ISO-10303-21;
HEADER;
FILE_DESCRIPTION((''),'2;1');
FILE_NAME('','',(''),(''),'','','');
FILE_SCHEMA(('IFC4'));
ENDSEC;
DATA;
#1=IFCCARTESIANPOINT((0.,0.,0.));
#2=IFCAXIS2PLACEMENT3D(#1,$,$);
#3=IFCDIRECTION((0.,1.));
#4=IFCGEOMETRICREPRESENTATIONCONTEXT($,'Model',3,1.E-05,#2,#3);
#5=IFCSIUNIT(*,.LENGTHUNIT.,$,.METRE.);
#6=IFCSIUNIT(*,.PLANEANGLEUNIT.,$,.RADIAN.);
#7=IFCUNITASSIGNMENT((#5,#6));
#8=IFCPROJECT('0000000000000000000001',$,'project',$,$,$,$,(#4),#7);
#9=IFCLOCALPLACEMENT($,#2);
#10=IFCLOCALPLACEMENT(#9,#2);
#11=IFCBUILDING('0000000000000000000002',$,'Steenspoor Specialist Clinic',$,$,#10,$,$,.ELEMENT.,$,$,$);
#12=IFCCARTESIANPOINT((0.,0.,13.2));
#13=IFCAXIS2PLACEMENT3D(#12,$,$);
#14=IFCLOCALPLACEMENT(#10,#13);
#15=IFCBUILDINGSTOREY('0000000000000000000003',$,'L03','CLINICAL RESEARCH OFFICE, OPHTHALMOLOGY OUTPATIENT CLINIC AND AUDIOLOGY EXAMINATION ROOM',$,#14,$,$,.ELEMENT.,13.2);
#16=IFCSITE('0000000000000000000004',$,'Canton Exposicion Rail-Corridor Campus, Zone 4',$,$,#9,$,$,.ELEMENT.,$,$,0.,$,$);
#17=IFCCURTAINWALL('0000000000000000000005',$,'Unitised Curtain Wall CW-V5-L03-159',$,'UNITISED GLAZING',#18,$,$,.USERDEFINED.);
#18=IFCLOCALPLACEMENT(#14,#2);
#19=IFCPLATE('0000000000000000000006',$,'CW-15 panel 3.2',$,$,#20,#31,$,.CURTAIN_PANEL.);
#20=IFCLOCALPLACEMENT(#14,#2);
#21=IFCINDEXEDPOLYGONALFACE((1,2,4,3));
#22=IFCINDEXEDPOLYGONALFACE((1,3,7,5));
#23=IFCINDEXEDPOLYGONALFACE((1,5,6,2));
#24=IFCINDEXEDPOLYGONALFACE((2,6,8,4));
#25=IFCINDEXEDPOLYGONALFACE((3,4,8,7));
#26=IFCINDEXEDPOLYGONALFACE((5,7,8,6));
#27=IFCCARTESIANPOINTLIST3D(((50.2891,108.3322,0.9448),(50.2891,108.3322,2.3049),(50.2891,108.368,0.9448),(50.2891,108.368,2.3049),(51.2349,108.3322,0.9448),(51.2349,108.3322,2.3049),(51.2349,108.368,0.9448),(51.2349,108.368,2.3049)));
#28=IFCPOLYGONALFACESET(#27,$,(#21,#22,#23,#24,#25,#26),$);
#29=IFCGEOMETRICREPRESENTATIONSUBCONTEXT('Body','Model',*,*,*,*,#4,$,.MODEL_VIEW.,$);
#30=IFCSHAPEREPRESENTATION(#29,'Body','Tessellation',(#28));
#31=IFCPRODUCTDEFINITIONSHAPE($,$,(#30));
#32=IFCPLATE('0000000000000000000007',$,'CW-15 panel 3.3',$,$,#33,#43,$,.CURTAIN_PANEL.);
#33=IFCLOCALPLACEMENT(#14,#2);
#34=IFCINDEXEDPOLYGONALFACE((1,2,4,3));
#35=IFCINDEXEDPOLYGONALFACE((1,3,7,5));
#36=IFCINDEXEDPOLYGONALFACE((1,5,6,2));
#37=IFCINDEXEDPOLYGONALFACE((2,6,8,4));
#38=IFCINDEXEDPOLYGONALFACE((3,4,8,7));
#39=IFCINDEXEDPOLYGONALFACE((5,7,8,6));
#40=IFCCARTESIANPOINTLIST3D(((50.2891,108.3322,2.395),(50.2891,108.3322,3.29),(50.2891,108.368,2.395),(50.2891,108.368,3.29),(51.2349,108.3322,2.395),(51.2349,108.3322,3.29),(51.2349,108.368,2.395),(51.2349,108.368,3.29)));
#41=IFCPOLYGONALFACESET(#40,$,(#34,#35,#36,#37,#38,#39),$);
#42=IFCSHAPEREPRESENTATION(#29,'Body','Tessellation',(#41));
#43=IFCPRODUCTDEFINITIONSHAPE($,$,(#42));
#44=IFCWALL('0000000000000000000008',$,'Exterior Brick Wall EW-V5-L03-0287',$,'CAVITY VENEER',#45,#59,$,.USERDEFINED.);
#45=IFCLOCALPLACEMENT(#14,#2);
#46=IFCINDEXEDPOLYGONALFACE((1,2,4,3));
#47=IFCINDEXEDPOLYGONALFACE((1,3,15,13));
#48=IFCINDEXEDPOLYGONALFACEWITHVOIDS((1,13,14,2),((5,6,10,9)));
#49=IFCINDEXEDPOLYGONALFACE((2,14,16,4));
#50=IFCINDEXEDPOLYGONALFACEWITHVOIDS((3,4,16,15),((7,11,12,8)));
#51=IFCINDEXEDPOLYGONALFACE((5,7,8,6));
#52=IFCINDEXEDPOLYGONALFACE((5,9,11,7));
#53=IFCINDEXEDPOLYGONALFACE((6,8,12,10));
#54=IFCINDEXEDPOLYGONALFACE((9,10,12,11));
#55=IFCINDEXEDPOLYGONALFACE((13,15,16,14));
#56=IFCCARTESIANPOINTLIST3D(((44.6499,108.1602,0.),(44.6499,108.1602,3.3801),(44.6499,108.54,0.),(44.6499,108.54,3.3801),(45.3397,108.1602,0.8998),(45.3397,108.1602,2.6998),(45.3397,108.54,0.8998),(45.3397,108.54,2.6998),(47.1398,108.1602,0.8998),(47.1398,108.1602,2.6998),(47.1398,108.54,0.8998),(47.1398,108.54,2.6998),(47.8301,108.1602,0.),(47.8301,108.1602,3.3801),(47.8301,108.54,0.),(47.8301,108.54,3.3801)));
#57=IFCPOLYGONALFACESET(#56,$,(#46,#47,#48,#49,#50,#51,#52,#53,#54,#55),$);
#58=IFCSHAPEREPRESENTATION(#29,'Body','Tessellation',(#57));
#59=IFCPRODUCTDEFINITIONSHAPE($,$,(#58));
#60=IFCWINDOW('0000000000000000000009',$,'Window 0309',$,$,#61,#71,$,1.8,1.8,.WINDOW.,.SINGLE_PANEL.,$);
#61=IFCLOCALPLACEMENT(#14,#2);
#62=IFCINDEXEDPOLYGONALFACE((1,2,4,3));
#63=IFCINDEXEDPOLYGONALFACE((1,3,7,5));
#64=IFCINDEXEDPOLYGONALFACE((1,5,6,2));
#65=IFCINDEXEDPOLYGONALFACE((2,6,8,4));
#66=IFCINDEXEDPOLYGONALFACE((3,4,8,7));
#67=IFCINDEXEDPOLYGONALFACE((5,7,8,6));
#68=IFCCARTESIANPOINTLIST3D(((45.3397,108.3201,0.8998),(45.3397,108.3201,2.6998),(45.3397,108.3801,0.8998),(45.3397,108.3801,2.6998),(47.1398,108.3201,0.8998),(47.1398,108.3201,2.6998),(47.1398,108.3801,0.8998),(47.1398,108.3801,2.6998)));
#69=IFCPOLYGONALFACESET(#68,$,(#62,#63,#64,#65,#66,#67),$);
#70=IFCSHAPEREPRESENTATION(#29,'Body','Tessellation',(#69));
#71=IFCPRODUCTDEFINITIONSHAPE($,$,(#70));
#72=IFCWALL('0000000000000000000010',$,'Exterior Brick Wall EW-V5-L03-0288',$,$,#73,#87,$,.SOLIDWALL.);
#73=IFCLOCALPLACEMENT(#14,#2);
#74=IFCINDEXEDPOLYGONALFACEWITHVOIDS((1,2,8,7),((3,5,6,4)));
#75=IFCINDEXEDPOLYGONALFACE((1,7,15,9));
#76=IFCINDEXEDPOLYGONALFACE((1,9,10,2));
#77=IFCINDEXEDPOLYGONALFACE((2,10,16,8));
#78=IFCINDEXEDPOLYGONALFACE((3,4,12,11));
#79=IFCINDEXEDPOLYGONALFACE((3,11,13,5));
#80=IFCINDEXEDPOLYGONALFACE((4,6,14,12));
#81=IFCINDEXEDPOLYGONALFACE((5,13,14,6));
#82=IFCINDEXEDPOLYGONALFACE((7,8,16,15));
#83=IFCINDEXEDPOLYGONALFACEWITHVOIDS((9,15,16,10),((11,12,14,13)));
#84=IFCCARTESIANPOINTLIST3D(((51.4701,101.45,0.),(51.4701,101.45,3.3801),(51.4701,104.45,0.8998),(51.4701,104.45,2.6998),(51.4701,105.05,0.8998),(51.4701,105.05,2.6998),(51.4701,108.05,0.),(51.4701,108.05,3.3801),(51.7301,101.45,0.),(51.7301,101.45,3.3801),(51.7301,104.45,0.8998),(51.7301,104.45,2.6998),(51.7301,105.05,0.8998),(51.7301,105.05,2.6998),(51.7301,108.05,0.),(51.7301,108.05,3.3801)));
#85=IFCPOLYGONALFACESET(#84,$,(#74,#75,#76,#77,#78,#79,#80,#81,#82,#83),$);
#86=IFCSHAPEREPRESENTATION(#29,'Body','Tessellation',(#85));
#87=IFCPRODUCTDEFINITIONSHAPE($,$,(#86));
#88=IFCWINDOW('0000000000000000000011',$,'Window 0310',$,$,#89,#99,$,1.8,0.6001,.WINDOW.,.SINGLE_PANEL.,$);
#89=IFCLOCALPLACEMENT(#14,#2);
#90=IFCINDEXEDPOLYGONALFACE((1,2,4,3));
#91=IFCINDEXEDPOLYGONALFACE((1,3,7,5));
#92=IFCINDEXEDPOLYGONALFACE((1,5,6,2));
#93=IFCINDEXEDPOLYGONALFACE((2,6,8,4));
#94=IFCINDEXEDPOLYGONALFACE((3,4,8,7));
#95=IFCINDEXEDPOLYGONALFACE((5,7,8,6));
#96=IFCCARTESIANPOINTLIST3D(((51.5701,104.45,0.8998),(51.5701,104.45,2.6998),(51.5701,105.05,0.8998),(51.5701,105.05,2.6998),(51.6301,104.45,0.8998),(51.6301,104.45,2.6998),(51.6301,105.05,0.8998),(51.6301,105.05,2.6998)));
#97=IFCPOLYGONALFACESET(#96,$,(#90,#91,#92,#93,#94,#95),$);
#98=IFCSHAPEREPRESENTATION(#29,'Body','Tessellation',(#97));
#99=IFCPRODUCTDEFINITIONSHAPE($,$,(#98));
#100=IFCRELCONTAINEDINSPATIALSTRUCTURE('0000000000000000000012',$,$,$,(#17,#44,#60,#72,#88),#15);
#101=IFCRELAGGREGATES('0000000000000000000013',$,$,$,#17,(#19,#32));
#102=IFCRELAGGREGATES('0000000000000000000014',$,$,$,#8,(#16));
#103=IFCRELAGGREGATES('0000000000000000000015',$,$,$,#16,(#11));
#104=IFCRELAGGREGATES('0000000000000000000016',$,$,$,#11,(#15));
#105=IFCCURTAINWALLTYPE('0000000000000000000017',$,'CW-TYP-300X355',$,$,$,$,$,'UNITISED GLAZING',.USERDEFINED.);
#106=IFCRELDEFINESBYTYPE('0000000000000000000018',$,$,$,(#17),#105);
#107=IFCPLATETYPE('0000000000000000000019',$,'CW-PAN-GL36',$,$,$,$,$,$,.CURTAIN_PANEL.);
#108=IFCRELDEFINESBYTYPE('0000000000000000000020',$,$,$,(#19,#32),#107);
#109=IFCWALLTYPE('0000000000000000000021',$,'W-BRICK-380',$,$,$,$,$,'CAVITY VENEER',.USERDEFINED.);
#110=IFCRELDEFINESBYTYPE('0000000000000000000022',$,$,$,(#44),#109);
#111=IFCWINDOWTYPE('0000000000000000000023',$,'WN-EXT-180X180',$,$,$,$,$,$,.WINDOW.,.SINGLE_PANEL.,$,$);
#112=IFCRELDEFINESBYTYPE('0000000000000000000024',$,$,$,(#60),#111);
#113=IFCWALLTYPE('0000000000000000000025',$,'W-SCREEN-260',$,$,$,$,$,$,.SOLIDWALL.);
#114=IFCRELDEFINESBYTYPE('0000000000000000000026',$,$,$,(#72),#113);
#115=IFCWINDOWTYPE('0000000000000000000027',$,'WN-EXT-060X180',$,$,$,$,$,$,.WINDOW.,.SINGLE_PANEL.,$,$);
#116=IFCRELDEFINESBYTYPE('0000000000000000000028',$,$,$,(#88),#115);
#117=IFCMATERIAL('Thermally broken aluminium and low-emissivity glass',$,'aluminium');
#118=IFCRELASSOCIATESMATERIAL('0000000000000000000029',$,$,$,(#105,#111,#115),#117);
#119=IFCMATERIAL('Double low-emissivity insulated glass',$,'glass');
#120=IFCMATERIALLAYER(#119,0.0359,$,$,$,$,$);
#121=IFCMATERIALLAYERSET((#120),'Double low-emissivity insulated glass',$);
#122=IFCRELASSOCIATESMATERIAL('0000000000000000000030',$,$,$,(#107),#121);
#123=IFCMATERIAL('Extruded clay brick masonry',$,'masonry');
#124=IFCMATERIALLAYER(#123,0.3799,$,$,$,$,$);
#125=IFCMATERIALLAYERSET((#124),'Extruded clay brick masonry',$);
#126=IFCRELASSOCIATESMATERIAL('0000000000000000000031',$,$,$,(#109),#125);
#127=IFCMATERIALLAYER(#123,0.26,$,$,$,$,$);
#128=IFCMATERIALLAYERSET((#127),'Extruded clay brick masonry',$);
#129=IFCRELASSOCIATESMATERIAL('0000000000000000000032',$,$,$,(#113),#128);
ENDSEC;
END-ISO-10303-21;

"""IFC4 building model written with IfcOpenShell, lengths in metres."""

from ifc_helpers import new_model, si_unit, direction, frame, frame_2d, origin, origin_2d, place, context, subcontext, project, spatial, rectangle, extrude, material, layer, layer_set, type_object, element, fill, aggregate, save


model = new_model("IFC4")

# Units and contexts
model_context = context("Model", 3, precision=1e-05, world=origin(), true_north=direction((0.0, 1.0)))
body_context = subcontext(model_context, "Body", "Model", "MODEL_VIEW")
ifc_project = project(units=[si_unit("LENGTHUNIT", "METRE"), si_unit("PLANEANGLEUNIT", "RADIAN")], contexts=[model_context])

# Site, building, storey
site_placement = place(None, origin())
site = spatial("IfcSite", under=ifc_project, at=site_placement, Name="Canton Exposicion Rail-Corridor Campus, Zone 4", CompositionType="ELEMENT", RefElevation=0.0)
building_placement = place(site_placement, origin())
building = spatial("IfcBuilding", under=site, at=building_placement, Name="Steenspoor Specialist Clinic", CompositionType="ELEMENT")
storey_placement = place(building_placement, frame((0.0, 0.0, 13.2)))
storey = spatial("IfcBuildingStorey", under=building, at=storey_placement, Name="L03", Description="CLINICAL RESEARCH OFFICE, OPHTHALMOLOGY OUTPATIENT CLINIC AND AUDIOLOGY EXAMINATION ROOM", CompositionType="ELEMENT", Elevation=13.2)

# Curtain wall
ifc_material_1 = material(Name="Thermally broken aluminium and low-emissivity glass", Category="aluminium")
curtain_wall_type = type_object("IfcCurtainWallType", Name="CW-TYP-300X355", ElementType="UNITISED GLAZING", PredefinedType="USERDEFINED", material=ifc_material_1)
curtain_wall_placement = place(storey_placement, origin())
curtain_wall = element("IfcCurtainWall", 1, at=curtain_wall_placement, inside=storey, type_object=curtain_wall_type, Name="Unitised Curtain Wall CW-V5-L03-159", ObjectType="UNITISED GLAZING", PredefinedType="USERDEFINED")

# Plates
ifc_material_2 = material(Name="Double low-emissivity insulated glass", Category="glass")
ifc_layer_1 = layer(ifc_material_2, 0.0359)
ifc_layer_set_1 = layer_set([ifc_layer_1], Name="Double low-emissivity insulated glass")
plate_type = type_object("IfcPlateType", Name="CW-PAN-GL36", PredefinedType="CURTAIN_PANEL", material=ifc_layer_set_1)
plate_1_placement = place(storey_placement, frame((50.762, 108.3501, 0.9448), z_axis=(0.0, 0.0, 1.0), x_axis=(1.0, 0.0, 0.0)))
plate_1 = element("IfcPlate", 2, at=plate_1_placement, type_object=plate_type, Name="CW-15 panel 3.2", PredefinedType="CURTAIN_PANEL", context=body_context, shape_type="SweptSolid", body=[
    extrude(rectangle(XDim=0.9458, YDim=0.0359, at=origin_2d()), origin(), (0.0, 0.0, 1.0), 1.3601),
])
plate_2_placement = place(storey_placement, frame((50.762, 108.3501, 2.395), z_axis=(0.0, 0.0, 1.0), x_axis=(1.0, 0.0, 0.0)))
plate_2 = element("IfcPlate", 3, at=plate_2_placement, type_object=plate_type, Name="CW-15 panel 3.3", PredefinedType="CURTAIN_PANEL", context=body_context, shape_type="SweptSolid", body=[
    extrude(rectangle(XDim=0.9458, YDim=0.0359, at=origin_2d()), origin(), (0.0, 0.0, 1.0), 0.895),
])
aggregate(curtain_wall, [plate_1, plate_2])

# Walls, openings, windows
ifc_material_3 = material(Name="Extruded clay brick masonry", Category="masonry")
ifc_layer_2 = layer(ifc_material_3, 0.3799)
ifc_layer_set_2 = layer_set([ifc_layer_2], Name="Extruded clay brick masonry")
wall_type_1 = type_object("IfcWallType", Name="W-BRICK-380", ElementType="CAVITY VENEER", PredefinedType="USERDEFINED", material=ifc_layer_set_2)
wall_1_placement = place(storey_placement, frame((44.6499, 108.3501, 0.0), z_axis=(0.0, 0.0, 1.0), x_axis=(1.0, 0.0, 0.0)))
wall_1 = element("IfcWall", 4, at=wall_1_placement, inside=storey, type_object=wall_type_1, Name="Exterior Brick Wall EW-V5-L03-0287", ObjectType="CAVITY VENEER", PredefinedType="USERDEFINED", context=body_context, shape_type="SweptSolid", body=[
    extrude(rectangle(XDim=3.1802, YDim=0.3799, at=frame_2d((1.5901, 0.0))), origin(), (0.0, 0.0, 1.0), 3.3801),
])
opening_1_placement = place(wall_1_placement, frame((0.6899, 0.0, 0.8999)))
opening_1 = element("IfcOpeningElement", 5, at=opening_1_placement, cuts=wall_1, PredefinedType="OPENING", context=body_context, shape_type="SweptSolid", body=[
    extrude(rectangle(XDim=1.8, YDim=1.8, at=frame_2d((0.8999, 0.8999))), frame((0.0, 0.2, 0.0), z_axis=(0.0, -1.0, 0.0), x_axis=(1.0, 0.0, 0.0)), (0.0, 0.0, 1.0), 0.3999),
])
window_type_1 = type_object("IfcWindowType", Name="WN-EXT-180X180", PartitioningType="SINGLE_PANEL", PredefinedType="WINDOW", material=ifc_material_1)
window_1_placement = place(opening_1_placement, origin())
window_1 = element("IfcWindow", 6, at=window_1_placement, inside=storey, type_object=window_type_1, Name="Window 0309", OverallHeight=1.8, OverallWidth=1.8, PartitioningType="SINGLE_PANEL", PredefinedType="WINDOW", context=body_context, shape_type="SweptSolid", body=[
    extrude(rectangle(XDim=1.8, YDim=1.8, at=frame_2d((0.8999, 0.8999))), frame((0.0, 0.03, 0.0), z_axis=(0.0, -1.0, 0.0), x_axis=(1.0, 0.0, 0.0)), (0.0, 0.0, 1.0), 0.0601),
])
fill(opening_1, window_1)
ifc_layer_3 = layer(ifc_material_3, 0.26)
ifc_layer_set_3 = layer_set([ifc_layer_3], Name="Extruded clay brick masonry")
wall_type_2 = type_object("IfcWallType", Name="W-SCREEN-260", PredefinedType="SOLIDWALL", material=ifc_layer_set_3)
wall_2_placement = place(storey_placement, frame((51.6001, 108.05, 0.0), z_axis=(0.0, 0.0, 1.0), x_axis=(0.0, -1.0, 0.0)))
wall_2 = element("IfcWall", 7, at=wall_2_placement, inside=storey, type_object=wall_type_2, Name="Exterior Brick Wall EW-V5-L03-0288", PredefinedType="SOLIDWALL", context=body_context, shape_type="SweptSolid", body=[
    extrude(rectangle(XDim=6.6001, YDim=0.26, at=frame_2d((3.3, 0.0))), origin(), (0.0, 0.0, 1.0), 3.3801),
])
opening_2_placement = place(wall_2_placement, frame((3.0, 0.0, 0.8999)))
opening_2 = element("IfcOpeningElement", 8, at=opening_2_placement, cuts=wall_2, PredefinedType="OPENING", context=body_context, shape_type="SweptSolid", body=[
    extrude(rectangle(XDim=0.6001, YDim=1.8, at=frame_2d((0.3, 0.8999))), frame((0.0, 0.1401, 0.0), z_axis=(0.0, -1.0, 0.0), x_axis=(1.0, 0.0, 0.0)), (0.0, 0.0, 1.0), 0.28),
])
window_type_2 = type_object("IfcWindowType", Name="WN-EXT-060X180", PartitioningType="SINGLE_PANEL", PredefinedType="WINDOW", material=ifc_material_1)
window_2_placement = place(opening_2_placement, origin())
window_2 = element("IfcWindow", 9, at=window_2_placement, inside=storey, type_object=window_type_2, Name="Window 0310", OverallHeight=1.8, OverallWidth=0.6001, PartitioningType="SINGLE_PANEL", PredefinedType="WINDOW", context=body_context, shape_type="SweptSolid", body=[
    extrude(rectangle(XDim=0.6001, YDim=1.8, at=frame_2d((0.3, 0.8999))), frame((0.0, 0.03, 0.0), z_axis=(0.0, -1.0, 0.0), x_axis=(1.0, 0.0, 0.0)), (0.0, 0.0, 1.0), 0.0601),
])
fill(opening_2, window_2)

save(model, "model.ifc")
